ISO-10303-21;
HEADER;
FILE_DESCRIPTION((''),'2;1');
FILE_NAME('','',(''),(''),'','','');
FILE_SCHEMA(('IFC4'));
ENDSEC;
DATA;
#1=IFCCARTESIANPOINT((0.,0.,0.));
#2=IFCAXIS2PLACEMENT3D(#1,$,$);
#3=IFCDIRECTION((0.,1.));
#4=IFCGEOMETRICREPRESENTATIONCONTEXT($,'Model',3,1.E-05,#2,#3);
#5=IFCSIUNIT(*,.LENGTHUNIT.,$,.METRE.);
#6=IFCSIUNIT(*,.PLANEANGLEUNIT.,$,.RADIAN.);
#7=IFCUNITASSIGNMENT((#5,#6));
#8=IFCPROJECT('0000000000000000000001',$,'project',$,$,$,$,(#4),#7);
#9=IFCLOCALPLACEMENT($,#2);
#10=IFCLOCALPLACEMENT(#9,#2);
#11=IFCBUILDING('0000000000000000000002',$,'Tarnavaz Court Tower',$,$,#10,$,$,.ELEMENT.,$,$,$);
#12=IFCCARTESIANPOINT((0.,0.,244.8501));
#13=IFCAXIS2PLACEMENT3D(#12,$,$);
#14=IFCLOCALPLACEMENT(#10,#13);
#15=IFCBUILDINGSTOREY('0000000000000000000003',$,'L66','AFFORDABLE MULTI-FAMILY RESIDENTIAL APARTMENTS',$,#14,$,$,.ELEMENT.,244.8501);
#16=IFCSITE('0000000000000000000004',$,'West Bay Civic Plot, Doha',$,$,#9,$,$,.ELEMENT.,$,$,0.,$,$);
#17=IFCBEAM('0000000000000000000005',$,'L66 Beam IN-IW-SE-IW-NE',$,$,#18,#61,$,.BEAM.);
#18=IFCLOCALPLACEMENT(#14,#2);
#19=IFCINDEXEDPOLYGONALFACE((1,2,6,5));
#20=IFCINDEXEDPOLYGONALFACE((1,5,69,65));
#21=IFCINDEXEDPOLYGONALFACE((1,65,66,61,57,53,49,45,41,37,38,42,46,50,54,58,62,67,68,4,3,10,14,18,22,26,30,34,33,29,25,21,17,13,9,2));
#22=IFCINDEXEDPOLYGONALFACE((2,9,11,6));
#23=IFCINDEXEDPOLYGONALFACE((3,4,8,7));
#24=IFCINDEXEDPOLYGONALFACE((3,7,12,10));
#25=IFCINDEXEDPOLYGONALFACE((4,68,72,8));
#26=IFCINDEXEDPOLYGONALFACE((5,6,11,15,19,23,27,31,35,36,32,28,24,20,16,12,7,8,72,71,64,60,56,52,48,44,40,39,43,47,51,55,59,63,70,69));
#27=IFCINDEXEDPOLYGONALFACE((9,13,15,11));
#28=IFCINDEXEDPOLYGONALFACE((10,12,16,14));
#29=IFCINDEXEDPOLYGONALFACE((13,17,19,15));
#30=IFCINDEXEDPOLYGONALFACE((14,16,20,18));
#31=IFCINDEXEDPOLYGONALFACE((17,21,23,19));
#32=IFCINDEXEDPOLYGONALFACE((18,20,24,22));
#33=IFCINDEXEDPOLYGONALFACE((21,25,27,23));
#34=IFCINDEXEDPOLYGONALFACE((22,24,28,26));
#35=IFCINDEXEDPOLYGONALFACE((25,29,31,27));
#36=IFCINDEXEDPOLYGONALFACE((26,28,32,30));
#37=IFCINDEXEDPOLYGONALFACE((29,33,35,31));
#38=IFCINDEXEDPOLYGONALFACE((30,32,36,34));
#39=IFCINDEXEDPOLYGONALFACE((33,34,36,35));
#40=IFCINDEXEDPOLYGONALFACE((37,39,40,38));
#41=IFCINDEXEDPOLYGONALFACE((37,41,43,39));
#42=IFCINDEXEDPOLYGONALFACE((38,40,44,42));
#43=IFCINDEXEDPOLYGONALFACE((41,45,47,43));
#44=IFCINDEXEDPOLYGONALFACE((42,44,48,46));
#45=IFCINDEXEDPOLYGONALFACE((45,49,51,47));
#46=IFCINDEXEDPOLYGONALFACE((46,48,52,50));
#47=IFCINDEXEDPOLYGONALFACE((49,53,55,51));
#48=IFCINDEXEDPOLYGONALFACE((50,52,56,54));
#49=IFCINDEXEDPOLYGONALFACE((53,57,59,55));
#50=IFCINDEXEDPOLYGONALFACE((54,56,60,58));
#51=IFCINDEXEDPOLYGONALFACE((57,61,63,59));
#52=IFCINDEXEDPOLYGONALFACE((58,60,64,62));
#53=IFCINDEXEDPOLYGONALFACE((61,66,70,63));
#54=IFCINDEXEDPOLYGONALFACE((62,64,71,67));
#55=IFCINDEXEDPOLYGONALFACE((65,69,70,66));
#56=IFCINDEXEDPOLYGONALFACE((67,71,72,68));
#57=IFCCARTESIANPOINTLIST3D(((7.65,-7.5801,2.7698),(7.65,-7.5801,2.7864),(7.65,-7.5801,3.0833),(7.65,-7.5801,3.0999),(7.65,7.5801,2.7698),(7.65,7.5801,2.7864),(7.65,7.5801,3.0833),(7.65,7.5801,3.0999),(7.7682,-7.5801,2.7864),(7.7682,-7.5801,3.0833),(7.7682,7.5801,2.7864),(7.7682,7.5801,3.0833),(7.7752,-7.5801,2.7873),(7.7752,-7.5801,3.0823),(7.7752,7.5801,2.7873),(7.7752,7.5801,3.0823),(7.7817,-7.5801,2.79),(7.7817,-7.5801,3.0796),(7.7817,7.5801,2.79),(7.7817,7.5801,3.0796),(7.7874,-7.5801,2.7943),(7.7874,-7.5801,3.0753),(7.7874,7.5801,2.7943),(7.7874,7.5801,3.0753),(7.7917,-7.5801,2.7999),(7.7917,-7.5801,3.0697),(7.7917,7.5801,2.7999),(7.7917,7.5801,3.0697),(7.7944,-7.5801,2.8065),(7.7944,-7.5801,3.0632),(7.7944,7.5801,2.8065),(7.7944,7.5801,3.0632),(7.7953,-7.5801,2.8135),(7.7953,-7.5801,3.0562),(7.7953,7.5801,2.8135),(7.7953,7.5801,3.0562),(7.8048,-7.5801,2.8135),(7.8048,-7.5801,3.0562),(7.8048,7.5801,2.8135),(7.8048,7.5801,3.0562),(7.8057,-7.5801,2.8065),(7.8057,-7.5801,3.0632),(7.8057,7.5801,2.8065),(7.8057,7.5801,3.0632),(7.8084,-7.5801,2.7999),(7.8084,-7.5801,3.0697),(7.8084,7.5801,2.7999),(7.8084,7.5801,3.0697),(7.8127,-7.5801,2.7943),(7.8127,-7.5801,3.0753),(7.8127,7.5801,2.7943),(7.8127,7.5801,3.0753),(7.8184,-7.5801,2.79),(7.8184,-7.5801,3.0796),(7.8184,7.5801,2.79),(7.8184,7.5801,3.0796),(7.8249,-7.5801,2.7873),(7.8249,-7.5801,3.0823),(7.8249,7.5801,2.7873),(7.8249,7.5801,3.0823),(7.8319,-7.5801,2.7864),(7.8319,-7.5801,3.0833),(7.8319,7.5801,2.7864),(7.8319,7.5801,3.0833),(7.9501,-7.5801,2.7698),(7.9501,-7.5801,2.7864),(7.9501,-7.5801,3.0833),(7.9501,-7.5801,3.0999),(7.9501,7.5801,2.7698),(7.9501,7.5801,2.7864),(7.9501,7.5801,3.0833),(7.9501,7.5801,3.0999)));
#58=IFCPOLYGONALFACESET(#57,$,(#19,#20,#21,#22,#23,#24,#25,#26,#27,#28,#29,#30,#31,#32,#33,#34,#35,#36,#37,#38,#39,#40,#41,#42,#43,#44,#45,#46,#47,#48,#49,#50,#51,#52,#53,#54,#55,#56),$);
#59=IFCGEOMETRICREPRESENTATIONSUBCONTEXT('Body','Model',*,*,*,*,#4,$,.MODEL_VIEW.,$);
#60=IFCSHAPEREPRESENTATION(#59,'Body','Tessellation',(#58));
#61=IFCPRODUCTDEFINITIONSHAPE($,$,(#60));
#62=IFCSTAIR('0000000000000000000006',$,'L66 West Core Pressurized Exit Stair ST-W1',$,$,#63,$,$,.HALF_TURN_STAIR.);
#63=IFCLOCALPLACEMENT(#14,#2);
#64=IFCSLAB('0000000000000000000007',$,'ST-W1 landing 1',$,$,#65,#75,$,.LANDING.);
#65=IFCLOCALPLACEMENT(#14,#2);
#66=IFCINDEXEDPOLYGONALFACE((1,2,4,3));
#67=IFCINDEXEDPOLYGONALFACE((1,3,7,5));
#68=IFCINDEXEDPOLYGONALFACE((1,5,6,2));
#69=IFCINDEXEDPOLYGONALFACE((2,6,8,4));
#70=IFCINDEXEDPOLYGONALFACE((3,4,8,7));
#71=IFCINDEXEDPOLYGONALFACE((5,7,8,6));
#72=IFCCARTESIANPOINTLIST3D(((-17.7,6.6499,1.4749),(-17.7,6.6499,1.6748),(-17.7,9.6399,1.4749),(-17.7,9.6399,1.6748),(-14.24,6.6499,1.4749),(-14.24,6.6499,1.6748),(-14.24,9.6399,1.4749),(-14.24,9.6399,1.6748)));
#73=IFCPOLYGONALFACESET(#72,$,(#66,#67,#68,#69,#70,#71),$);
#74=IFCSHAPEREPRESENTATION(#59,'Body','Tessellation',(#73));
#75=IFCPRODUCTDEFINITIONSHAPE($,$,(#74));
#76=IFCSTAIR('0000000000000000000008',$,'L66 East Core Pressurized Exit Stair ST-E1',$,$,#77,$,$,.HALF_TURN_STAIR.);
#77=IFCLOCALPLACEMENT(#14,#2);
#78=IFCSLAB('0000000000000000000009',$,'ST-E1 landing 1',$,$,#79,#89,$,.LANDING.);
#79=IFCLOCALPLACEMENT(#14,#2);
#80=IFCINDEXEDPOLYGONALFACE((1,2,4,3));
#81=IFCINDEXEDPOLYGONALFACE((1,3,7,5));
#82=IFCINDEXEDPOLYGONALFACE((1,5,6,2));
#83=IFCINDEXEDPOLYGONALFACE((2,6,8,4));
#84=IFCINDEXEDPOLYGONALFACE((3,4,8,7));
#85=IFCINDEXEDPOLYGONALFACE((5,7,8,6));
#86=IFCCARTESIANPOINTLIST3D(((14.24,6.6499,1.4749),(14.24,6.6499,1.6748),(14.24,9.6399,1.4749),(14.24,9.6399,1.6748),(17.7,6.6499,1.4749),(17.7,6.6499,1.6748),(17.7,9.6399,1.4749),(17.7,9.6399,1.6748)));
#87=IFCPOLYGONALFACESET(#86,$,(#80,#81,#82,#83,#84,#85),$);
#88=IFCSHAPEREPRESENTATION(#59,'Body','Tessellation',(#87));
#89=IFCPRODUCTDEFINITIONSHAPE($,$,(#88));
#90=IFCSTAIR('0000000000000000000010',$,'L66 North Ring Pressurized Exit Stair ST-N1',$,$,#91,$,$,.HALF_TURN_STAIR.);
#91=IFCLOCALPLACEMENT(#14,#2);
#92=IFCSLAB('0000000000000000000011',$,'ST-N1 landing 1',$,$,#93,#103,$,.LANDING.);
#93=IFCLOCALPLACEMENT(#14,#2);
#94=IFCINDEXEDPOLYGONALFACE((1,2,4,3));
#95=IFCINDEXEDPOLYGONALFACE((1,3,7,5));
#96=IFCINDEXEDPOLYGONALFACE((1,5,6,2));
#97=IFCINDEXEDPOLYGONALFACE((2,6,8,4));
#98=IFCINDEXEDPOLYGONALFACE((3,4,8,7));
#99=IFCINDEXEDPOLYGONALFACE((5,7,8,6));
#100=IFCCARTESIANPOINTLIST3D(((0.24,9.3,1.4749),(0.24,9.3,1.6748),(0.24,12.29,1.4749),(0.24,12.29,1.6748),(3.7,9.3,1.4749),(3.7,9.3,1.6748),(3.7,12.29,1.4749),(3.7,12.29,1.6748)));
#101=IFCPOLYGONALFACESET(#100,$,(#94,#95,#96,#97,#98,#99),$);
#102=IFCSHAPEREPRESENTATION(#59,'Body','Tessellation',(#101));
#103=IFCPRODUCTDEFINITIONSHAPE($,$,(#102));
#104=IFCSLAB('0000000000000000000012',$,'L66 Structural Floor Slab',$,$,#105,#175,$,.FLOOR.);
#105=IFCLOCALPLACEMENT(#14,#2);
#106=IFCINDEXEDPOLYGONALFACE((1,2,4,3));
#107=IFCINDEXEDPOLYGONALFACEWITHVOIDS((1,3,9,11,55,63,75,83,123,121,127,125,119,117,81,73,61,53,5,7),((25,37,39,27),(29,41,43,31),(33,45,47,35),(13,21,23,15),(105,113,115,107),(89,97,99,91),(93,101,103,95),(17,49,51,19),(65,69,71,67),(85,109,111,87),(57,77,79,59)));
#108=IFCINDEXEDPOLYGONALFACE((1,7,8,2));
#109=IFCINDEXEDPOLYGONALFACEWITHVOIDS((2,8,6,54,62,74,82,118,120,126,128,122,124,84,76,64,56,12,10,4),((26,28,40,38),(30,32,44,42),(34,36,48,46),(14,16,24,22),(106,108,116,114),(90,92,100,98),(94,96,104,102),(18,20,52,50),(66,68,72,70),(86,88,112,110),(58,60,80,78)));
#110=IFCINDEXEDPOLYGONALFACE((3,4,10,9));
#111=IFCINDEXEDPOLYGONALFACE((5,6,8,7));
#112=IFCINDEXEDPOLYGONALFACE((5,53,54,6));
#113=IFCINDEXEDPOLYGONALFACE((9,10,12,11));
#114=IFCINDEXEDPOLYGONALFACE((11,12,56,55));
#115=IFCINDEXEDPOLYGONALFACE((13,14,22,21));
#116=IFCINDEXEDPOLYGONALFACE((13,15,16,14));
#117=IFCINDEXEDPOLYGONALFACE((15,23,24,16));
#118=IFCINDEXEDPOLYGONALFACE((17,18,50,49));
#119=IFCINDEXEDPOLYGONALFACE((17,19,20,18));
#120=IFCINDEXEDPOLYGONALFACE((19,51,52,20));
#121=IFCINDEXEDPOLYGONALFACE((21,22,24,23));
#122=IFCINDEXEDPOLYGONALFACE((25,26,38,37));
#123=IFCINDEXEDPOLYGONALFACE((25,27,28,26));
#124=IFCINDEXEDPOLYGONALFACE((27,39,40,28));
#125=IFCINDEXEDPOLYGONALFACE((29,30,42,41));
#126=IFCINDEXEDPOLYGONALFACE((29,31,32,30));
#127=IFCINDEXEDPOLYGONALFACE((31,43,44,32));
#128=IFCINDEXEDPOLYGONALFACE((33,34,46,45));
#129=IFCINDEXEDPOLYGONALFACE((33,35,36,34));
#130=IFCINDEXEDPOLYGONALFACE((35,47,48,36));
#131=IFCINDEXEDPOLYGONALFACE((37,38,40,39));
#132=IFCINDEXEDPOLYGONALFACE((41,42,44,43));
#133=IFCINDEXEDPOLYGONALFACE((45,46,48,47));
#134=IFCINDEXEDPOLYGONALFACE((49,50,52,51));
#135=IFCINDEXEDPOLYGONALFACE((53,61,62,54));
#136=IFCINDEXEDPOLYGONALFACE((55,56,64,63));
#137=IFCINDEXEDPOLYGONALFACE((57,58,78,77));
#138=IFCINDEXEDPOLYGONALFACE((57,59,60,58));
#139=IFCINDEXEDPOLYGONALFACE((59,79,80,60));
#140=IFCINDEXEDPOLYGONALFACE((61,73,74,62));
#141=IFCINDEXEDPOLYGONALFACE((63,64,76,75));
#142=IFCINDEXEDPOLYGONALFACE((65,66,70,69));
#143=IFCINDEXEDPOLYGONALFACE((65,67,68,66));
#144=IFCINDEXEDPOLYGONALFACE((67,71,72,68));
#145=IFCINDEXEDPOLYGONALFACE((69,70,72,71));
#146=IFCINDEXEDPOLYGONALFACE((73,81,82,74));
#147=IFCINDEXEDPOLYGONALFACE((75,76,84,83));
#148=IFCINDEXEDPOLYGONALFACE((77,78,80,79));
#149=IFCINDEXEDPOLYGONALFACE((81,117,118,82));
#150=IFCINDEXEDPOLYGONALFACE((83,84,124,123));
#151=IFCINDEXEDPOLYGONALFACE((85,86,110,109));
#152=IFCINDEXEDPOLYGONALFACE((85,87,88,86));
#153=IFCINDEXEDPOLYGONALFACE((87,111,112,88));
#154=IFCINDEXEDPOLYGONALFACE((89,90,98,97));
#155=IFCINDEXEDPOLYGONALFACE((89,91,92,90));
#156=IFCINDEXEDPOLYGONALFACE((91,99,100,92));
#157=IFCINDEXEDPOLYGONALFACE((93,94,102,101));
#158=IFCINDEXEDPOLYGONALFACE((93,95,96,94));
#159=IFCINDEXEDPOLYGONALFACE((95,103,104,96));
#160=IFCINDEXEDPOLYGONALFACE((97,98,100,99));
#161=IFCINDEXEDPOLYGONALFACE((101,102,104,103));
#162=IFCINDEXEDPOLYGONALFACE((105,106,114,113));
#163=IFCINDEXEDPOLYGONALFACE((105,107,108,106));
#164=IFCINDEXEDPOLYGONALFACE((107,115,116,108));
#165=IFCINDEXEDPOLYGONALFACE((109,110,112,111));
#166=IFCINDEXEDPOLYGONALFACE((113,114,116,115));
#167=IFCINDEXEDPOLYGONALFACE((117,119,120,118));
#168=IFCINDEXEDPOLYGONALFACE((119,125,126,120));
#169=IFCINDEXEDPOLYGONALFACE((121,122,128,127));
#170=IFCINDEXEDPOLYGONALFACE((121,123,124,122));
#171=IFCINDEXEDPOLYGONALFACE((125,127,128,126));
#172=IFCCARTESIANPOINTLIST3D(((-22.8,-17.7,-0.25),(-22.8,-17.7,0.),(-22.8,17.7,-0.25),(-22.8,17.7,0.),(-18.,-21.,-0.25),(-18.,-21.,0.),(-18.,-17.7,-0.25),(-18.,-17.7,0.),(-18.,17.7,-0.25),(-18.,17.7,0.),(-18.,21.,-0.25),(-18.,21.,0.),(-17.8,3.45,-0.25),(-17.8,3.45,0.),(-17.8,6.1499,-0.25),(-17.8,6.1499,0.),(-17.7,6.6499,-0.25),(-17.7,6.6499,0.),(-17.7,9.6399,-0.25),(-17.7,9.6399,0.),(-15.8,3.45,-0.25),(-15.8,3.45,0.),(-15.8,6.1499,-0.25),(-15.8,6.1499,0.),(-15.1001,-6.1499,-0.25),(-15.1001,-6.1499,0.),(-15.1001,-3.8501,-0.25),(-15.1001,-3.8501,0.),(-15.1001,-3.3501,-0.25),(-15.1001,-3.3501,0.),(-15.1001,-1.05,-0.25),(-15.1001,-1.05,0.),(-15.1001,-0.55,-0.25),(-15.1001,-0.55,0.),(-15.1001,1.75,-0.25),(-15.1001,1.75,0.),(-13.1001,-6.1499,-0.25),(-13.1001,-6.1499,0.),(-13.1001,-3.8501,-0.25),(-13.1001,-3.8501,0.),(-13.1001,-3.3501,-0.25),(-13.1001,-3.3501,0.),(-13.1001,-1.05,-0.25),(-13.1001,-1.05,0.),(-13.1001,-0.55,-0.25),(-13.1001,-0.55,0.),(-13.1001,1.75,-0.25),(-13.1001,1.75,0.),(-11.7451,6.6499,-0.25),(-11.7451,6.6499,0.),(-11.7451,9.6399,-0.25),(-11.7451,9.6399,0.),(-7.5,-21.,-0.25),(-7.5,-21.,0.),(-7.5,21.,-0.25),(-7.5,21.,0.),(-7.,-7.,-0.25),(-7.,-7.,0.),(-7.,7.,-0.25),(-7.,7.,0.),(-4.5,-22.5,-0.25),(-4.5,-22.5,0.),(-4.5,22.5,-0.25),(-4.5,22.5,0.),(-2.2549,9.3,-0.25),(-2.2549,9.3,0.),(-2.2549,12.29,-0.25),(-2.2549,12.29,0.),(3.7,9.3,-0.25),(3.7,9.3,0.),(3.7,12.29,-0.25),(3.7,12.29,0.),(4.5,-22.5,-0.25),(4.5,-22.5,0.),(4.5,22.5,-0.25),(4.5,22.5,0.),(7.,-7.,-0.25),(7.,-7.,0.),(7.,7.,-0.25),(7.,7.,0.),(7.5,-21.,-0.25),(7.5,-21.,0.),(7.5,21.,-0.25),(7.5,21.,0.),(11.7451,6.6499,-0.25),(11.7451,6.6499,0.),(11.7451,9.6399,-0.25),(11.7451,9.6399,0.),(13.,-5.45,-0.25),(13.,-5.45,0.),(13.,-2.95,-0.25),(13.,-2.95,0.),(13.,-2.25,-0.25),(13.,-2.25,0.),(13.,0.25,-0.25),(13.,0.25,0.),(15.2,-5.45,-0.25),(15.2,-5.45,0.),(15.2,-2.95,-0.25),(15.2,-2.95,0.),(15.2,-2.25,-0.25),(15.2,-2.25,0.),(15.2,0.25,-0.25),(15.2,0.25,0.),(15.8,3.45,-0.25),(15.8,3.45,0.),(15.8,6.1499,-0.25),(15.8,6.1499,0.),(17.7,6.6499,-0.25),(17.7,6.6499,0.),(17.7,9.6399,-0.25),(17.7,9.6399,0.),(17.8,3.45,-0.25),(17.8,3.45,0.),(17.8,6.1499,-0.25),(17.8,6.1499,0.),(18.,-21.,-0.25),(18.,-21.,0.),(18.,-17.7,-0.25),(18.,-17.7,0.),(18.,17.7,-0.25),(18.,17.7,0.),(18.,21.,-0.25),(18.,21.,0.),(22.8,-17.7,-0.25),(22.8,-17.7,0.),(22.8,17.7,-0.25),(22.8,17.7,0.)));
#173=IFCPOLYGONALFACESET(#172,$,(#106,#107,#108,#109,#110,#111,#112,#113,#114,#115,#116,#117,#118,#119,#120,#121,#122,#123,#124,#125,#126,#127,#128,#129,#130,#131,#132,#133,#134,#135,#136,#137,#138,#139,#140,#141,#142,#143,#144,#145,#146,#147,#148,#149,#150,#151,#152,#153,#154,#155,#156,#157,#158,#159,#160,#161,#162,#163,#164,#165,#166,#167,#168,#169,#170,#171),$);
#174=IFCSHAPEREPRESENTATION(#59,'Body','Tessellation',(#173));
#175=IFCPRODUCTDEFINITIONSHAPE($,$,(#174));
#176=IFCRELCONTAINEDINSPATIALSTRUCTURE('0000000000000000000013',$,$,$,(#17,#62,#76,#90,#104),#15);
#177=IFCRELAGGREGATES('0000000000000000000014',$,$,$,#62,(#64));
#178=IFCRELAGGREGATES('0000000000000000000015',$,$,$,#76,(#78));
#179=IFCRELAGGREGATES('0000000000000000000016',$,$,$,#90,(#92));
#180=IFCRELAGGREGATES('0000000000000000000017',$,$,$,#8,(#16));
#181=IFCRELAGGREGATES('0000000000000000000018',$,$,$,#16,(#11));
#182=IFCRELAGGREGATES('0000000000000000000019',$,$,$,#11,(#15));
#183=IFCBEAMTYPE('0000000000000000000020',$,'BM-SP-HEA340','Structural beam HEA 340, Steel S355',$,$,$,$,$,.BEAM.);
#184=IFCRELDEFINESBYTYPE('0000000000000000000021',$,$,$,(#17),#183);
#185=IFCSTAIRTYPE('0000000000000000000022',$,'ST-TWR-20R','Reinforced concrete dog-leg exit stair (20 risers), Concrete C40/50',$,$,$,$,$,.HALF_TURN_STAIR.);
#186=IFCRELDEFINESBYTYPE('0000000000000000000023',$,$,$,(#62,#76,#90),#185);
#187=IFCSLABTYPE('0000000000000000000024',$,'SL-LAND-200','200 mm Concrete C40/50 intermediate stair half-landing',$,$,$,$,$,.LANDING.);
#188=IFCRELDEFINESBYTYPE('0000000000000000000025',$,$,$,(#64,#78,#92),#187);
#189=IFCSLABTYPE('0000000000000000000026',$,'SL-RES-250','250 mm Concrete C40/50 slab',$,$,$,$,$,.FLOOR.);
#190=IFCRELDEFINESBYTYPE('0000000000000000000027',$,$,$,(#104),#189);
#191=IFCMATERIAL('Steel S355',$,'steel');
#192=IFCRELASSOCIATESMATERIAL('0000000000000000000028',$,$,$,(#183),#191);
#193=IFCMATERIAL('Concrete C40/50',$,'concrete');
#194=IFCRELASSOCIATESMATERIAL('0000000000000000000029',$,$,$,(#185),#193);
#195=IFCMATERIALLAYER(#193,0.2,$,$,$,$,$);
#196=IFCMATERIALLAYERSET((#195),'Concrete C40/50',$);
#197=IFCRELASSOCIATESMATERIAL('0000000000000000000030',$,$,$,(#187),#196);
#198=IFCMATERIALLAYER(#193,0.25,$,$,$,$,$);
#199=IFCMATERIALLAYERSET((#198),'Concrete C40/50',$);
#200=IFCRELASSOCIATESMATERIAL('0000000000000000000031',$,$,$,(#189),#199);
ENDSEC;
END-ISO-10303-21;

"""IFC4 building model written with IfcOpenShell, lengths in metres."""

from ifc_helpers import new_model, si_unit, direction, frame, origin, origin_2d, place, context, subcontext, project, spatial, polyline, i_section, outline, extrude, material, layer, layer_set, material_profile, profile_set, type_object, element, aggregate, save


model = new_model("IFC4")

# Units and contexts
model_context = context("Model", 3, precision=1e-05, world=origin(), true_north=direction((0.0, 1.0)))
body_context = subcontext(model_context, "Body", "Model", "MODEL_VIEW")
ifc_project = project(units=[si_unit("LENGTHUNIT", "METRE"), si_unit("PLANEANGLEUNIT", "RADIAN")], contexts=[model_context])

# Site, building, storey
site_placement = place(None, origin())
site = spatial("IfcSite", under=ifc_project, at=site_placement, Name="West Bay Civic Plot, Doha", CompositionType="ELEMENT", RefElevation=0.0)
building_placement = place(site_placement, origin())
building = spatial("IfcBuilding", under=site, at=building_placement, Name="Tarnavaz Court Tower", CompositionType="ELEMENT")
storey_placement = place(building_placement, frame((0.0, 0.0, 244.8501)))
storey = spatial("IfcBuildingStorey", under=building, at=storey_placement, Name="L66", Description="AFFORDABLE MULTI-FAMILY RESIDENTIAL APARTMENTS", CompositionType="ELEMENT", Elevation=244.8501)

# Beam
ifc_material_1 = material(Name="Steel S355", Category="steel")
ifc_material_profile_1 = material_profile(ifc_material_1, i_section(OverallWidth=0.3, OverallDepth=0.3301, WebThickness=0.0095, FlangeThickness=0.0166, FilletRadius=0.0271, at=origin_2d()), Name="HEA 340")
ifc_profile_set_1 = profile_set([ifc_material_profile_1], Name="Steel S355")
beam_type_1 = type_object("IfcBeamType", Name="BM-SP-HEA340", Description="Structural beam HEA 340, Steel S355", PredefinedType="BEAM", material=ifc_profile_set_1)
beam_1_placement = place(storey_placement, frame((7.8, -7.5801, 2.9348), z_axis=(0.0, 1.0, 0.0), x_axis=(-1.0, 0.0, 0.0)))
element("IfcBeam", 1, at=beam_1_placement, inside=storey, type_object=beam_type_1, Name="L66 Beam IN-IW-SE-IW-NE", PredefinedType="BEAM", context=body_context, shape_type="SweptSolid", body=[
    extrude(i_section(OverallWidth=0.3, OverallDepth=0.3301, WebThickness=0.0095, FlangeThickness=0.0166, FilletRadius=0.0271, at=origin_2d()), origin(), (0.0, 0.0, 1.0), 15.1602),
])

# Stairs, slabs
ifc_material_2 = material(Name="Concrete C40/50", Category="concrete")
stair_type = type_object("IfcStairType", Name="ST-TWR-20R", Description="Reinforced concrete dog-leg exit stair (20 risers), Concrete C40/50", PredefinedType="HALF_TURN_STAIR", material=ifc_material_2)
stair_1_placement = place(storey_placement, origin())
stair_1 = element("IfcStair", 2, at=stair_1_placement, inside=storey, type_object=stair_type, Name="L66 West Core Pressurized Exit Stair ST-W1", PredefinedType="HALF_TURN_STAIR")
ifc_layer_1 = layer(ifc_material_2, 0.2)
ifc_layer_set_1 = layer_set([ifc_layer_1], Name="Concrete C40/50")
slab_type_1 = type_object("IfcSlabType", Name="SL-LAND-200", Description="200 mm Concrete C40/50 intermediate stair half-landing", PredefinedType="LANDING", material=ifc_layer_set_1)
slab_1_placement = place(storey_placement, frame((0.0, 0.0, 1.4749)))
slab_1 = element("IfcSlab", 3, at=slab_1_placement, type_object=slab_type_1, Name="ST-W1 landing 1", PredefinedType="LANDING", context=body_context, shape_type="SweptSolid", body=[
    extrude(outline(polyline([(-14.24, 9.6399), (-17.7, 9.6399), (-17.7, 6.6499), (-14.24, 6.6499), (-14.24, 9.6399)])), origin(), (0.0, 0.0, 1.0), 0.2),
])
aggregate(stair_1, [slab_1])
stair_2_placement = place(storey_placement, origin())
stair_2 = element("IfcStair", 4, at=stair_2_placement, inside=storey, type_object=stair_type, Name="L66 East Core Pressurized Exit Stair ST-E1", PredefinedType="HALF_TURN_STAIR")
slab_2_placement = place(storey_placement, frame((0.0, 0.0, 1.4749)))
slab_2 = element("IfcSlab", 5, at=slab_2_placement, type_object=slab_type_1, Name="ST-E1 landing 1", PredefinedType="LANDING", context=body_context, shape_type="SweptSolid", body=[
    extrude(outline(polyline([(14.24, 6.6499), (17.7, 6.6499), (17.7, 9.6399), (14.24, 9.6399), (14.24, 6.6499)])), origin(), (0.0, 0.0, 1.0), 0.2),
])
aggregate(stair_2, [slab_2])
stair_3_placement = place(storey_placement, origin())
stair_3 = element("IfcStair", 6, at=stair_3_placement, inside=storey, type_object=stair_type, Name="L66 North Ring Pressurized Exit Stair ST-N1", PredefinedType="HALF_TURN_STAIR")
slab_3_placement = place(storey_placement, frame((0.0, 0.0, 1.4749)))
slab_3 = element("IfcSlab", 7, at=slab_3_placement, type_object=slab_type_1, Name="ST-N1 landing 1", PredefinedType="LANDING", context=body_context, shape_type="SweptSolid", body=[
    extrude(outline(polyline([(0.24, 9.3), (3.7, 9.3), (3.7, 12.29), (0.24, 12.29), (0.24, 9.3)])), origin(), (0.0, 0.0, 1.0), 0.2),
])
aggregate(stair_3, [slab_3])

# Slab
ifc_layer_2 = layer(ifc_material_2, 0.25)
ifc_layer_set_2 = layer_set([ifc_layer_2], Name="Concrete C40/50")
slab_type_2 = type_object("IfcSlabType", Name="SL-RES-250", Description="250 mm Concrete C40/50 slab", PredefinedType="FLOOR", material=ifc_layer_set_2)
slab_4_placement = place(storey_placement, frame((0.0, 0.0, -0.25)))
element("IfcSlab", 8, at=slab_4_placement, inside=storey, type_object=slab_type_2, Name="L66 Structural Floor Slab", PredefinedType="FLOOR", context=body_context, shape_type="SweptSolid", body=[
    extrude(outline(polyline([(-18.0, -21.0), (-7.5, -21.0), (-4.5, -22.5), (4.5, -22.5), (7.5, -21.0), (18.0, -21.0), (18.0, -17.7), (22.8, -17.7), (22.8, 17.7), (18.0, 17.7), (18.0, 21.0), (7.5, 21.0), (4.5, 22.5), (-4.5, 22.5), (-7.5, 21.0), (-18.0, 21.0), (-18.0, 17.7), (-22.8, 17.7), (-22.8, -17.7), (-18.0, -17.7), (-18.0, -21.0)]), holes=[polyline([(-7.0, -7.0), (7.0, -7.0), (7.0, 7.0), (-7.0, 7.0), (-7.0, -7.0)]), polyline([(-11.7451, 9.6399), (-17.7, 9.6399), (-17.7, 6.6499), (-11.7451, 6.6499), (-11.7451, 9.6399)]), polyline([(11.7451, 6.6499), (17.7, 6.6499), (17.7, 9.6399), (11.7451, 9.6399), (11.7451, 6.6499)]), polyline([(-2.2549, 9.3), (3.7, 9.3), (3.7, 12.29), (-2.2549, 12.29), (-2.2549, 9.3)]), polyline([(-17.8, 3.45), (-15.8, 3.45), (-15.8, 6.1499), (-17.8, 6.1499), (-17.8, 3.45)]), polyline([(-15.1001, -6.1499), (-13.1001, -6.1499), (-13.1001, -3.8501), (-15.1001, -3.8501), (-15.1001, -6.1499)]), polyline([(-15.1001, -3.3501), (-13.1001, -3.3501), (-13.1001, -1.05), (-15.1001, -1.05), (-15.1001, -3.3501)]), polyline([(-15.1001, -0.55), (-13.1001, -0.55), (-13.1001, 1.75), (-15.1001, 1.75), (-15.1001, -0.55)]), polyline([(15.8, 3.45), (17.8, 3.45), (17.8, 6.1499), (15.8, 6.1499), (15.8, 3.45)]), polyline([(13.0, -5.45), (15.2, -5.45), (15.2, -2.95), (13.0, -2.95), (13.0, -5.45)]), polyline([(13.0, -2.25), (15.2, -2.25), (15.2, 0.25), (13.0, 0.25), (13.0, -2.25)])]), origin(), (0.0, 0.0, 1.0), 0.25),
])

save(model, "model.ifc")
